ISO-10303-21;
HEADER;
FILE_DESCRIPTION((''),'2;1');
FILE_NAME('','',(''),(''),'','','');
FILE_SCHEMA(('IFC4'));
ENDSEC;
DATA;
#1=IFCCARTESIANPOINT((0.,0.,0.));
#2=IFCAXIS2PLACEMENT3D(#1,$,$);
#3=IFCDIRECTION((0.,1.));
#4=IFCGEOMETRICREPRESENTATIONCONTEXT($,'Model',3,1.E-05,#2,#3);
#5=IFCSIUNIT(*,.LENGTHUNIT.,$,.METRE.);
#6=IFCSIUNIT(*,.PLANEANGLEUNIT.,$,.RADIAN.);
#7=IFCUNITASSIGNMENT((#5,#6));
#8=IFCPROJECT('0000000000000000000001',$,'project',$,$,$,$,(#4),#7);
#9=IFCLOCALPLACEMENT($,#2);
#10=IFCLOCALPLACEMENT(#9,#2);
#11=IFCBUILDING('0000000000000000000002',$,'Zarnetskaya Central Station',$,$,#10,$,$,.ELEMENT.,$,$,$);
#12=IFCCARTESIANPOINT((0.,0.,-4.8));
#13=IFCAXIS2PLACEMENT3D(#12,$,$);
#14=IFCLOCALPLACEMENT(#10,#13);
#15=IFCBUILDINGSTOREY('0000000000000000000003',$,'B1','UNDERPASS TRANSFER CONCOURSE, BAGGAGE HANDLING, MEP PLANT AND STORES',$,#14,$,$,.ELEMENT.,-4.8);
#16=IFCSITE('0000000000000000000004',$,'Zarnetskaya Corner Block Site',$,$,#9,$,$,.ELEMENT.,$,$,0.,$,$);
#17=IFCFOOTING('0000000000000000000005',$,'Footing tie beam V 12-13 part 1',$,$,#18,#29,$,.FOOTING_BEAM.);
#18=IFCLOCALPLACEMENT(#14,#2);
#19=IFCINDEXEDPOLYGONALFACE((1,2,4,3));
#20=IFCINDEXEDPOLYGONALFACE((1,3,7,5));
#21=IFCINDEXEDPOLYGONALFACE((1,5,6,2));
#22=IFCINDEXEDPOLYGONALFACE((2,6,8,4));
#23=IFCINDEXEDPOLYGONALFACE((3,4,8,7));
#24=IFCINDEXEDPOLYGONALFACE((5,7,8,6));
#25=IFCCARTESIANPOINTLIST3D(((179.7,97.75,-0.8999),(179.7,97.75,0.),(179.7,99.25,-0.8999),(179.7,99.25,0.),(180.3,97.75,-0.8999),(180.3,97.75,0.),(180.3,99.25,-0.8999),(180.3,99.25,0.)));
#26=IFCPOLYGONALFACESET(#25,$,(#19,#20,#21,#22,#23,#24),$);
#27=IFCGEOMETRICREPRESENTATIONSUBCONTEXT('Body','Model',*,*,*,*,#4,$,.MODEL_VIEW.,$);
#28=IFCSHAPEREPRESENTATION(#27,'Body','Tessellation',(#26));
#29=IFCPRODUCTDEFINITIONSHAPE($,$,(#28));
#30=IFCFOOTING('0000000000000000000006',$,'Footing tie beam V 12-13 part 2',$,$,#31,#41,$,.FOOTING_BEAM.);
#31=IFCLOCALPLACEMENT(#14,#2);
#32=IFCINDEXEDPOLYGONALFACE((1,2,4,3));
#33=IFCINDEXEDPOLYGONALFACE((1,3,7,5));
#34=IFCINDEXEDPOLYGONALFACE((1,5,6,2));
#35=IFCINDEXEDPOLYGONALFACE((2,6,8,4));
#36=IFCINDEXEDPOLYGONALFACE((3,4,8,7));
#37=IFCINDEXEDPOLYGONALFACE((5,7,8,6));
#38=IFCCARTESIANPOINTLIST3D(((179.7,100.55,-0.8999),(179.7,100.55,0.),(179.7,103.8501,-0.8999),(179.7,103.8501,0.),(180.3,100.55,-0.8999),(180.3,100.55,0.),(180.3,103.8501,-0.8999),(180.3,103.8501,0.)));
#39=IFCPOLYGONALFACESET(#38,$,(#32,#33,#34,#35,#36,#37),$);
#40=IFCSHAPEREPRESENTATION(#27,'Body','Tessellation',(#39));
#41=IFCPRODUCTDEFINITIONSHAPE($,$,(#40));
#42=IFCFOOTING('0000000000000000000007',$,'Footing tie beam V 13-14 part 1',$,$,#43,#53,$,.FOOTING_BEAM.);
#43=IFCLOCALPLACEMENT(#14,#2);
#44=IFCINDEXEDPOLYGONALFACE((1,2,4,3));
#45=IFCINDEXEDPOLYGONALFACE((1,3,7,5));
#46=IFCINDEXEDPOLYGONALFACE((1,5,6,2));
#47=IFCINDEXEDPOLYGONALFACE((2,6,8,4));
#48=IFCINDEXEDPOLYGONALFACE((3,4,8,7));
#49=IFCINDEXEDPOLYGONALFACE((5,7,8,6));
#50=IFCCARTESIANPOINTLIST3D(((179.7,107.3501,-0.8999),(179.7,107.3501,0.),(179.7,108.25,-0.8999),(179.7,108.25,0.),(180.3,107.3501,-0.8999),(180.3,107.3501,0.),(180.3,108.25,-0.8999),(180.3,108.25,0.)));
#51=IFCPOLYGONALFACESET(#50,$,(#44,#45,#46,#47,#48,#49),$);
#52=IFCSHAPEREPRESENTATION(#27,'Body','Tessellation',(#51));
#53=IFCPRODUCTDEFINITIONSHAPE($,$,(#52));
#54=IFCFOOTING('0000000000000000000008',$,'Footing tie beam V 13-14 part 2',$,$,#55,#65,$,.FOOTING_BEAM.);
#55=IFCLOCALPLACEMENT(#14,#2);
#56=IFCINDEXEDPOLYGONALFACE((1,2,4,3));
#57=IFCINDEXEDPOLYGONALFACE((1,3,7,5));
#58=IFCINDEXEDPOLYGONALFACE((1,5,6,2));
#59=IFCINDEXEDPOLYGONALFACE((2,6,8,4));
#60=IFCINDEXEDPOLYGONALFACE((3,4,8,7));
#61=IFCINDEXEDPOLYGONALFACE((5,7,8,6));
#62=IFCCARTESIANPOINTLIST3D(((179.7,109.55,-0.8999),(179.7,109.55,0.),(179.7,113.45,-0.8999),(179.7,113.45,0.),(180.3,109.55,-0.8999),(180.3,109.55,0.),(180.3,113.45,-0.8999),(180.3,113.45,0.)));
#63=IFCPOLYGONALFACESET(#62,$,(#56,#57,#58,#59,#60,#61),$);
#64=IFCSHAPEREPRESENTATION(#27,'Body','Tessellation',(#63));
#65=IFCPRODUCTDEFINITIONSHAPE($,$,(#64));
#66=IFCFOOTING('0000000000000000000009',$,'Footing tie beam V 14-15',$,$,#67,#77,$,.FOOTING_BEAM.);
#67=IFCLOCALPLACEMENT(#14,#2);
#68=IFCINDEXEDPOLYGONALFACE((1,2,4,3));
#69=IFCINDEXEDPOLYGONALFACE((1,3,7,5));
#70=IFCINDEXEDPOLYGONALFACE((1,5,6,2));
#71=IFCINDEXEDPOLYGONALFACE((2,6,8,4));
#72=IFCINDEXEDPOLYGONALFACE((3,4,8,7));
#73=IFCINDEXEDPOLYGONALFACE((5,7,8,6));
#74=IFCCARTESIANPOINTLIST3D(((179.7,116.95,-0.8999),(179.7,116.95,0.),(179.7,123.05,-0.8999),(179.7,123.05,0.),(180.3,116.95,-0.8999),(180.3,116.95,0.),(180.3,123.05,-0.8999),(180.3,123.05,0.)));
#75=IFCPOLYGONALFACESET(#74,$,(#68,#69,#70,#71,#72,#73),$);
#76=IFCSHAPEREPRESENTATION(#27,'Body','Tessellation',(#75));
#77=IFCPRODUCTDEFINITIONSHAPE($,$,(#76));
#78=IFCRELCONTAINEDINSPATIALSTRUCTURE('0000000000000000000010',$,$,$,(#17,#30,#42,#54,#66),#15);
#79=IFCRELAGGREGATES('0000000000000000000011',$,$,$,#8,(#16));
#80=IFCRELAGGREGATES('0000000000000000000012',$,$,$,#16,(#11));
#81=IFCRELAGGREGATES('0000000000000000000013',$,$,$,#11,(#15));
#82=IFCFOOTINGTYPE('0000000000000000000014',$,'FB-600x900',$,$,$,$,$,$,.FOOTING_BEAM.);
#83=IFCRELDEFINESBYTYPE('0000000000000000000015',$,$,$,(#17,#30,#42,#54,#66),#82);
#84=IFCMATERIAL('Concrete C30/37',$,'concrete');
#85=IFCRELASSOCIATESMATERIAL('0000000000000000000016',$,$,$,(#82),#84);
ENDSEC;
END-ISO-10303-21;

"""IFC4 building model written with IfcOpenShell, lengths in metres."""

from ifc_helpers import new_model, si_unit, direction, frame, origin, place, context, subcontext, project, spatial, polyline, outline, extrude, material, type_object, element, save


model = new_model("IFC4")

# Units and contexts
model_context = context("Model", 3, precision=1e-05, world=origin(), true_north=direction((0.0, 1.0)))
body_context = subcontext(model_context, "Body", "Model", "MODEL_VIEW")
ifc_project = project(units=[si_unit("LENGTHUNIT", "METRE"), si_unit("PLANEANGLEUNIT", "RADIAN")], contexts=[model_context])

# Site, building, storey
site_placement = place(None, origin())
site = spatial("IfcSite", under=ifc_project, at=site_placement, Name="Zarnetskaya Corner Block Site", CompositionType="ELEMENT", RefElevation=0.0)
building_placement = place(site_placement, origin())
building = spatial("IfcBuilding", under=site, at=building_placement, Name="Zarnetskaya Central Station", CompositionType="ELEMENT")
storey_placement = place(building_placement, frame((0.0, 0.0, -4.8)))
storey = spatial("IfcBuildingStorey", under=building, at=storey_placement, Name="B1", Description="UNDERPASS TRANSFER CONCOURSE, BAGGAGE HANDLING, MEP PLANT AND STORES", CompositionType="ELEMENT", Elevation=-4.8)

# Footings
ifc_material = material(Name="Concrete C30/37", Category="concrete")
footing_type_1 = type_object("IfcFootingType", Name="FB-600x900", PredefinedType="FOOTING_BEAM", material=ifc_material)
footing_1_placement = place(storey_placement, frame((0.0, 0.0, -0.8999)))
element("IfcFooting", 1, at=footing_1_placement, inside=storey, type_object=footing_type_1, Name="Footing tie beam V 12-13 part 1", PredefinedType="FOOTING_BEAM", context=body_context, shape_type="SweptSolid", body=[
    extrude(outline(polyline([(179.7, 97.75), (180.3, 97.75), (180.3, 99.25), (179.7, 99.25), (179.7, 97.75)])), origin(), (0.0, 0.0, 1.0), 0.8999),
])
footing_2_placement = place(storey_placement, frame((0.0, 0.0, -0.8999)))
element("IfcFooting", 2, at=footing_2_placement, inside=storey, type_object=footing_type_1, Name="Footing tie beam V 12-13 part 2", PredefinedType="FOOTING_BEAM", context=body_context, shape_type="SweptSolid", body=[
    extrude(outline(polyline([(179.7, 100.55), (180.3, 100.55), (180.3, 103.8501), (179.7, 103.8501), (179.7, 100.55)])), origin(), (0.0, 0.0, 1.0), 0.8999),
])
footing_3_placement = place(storey_placement, frame((0.0, 0.0, -0.8999)))
element("IfcFooting", 3, at=footing_3_placement, inside=storey, type_object=footing_type_1, Name="Footing tie beam V 13-14 part 1", PredefinedType="FOOTING_BEAM", context=body_context, shape_type="SweptSolid", body=[
    extrude(outline(polyline([(179.7, 107.3501), (180.3, 107.3501), (180.3, 108.25), (179.7, 108.25), (179.7, 107.3501)])), origin(), (0.0, 0.0, 1.0), 0.8999),
])
footing_4_placement = place(storey_placement, frame((0.0, 0.0, -0.8999)))
element("IfcFooting", 4, at=footing_4_placement, inside=storey, type_object=footing_type_1, Name="Footing tie beam V 13-14 part 2", PredefinedType="FOOTING_BEAM", context=body_context, shape_type="SweptSolid", body=[
    extrude(outline(polyline([(179.7, 109.55), (180.3, 109.55), (180.3, 113.45), (179.7, 113.45), (179.7, 109.55)])), origin(), (0.0, 0.0, 1.0), 0.8999),
])
footing_5_placement = place(storey_placement, frame((0.0, 0.0, -0.8999)))
element("IfcFooting", 5, at=footing_5_placement, inside=storey, type_object=footing_type_1, Name="Footing tie beam V 14-15", PredefinedType="FOOTING_BEAM", context=body_context, shape_type="SweptSolid", body=[
    extrude(outline(polyline([(179.7, 116.95), (180.3, 116.95), (180.3, 123.05), (179.7, 123.05), (179.7, 116.95)])), origin(), (0.0, 0.0, 1.0), 0.8999),
])

save(model, "model.ifc")
